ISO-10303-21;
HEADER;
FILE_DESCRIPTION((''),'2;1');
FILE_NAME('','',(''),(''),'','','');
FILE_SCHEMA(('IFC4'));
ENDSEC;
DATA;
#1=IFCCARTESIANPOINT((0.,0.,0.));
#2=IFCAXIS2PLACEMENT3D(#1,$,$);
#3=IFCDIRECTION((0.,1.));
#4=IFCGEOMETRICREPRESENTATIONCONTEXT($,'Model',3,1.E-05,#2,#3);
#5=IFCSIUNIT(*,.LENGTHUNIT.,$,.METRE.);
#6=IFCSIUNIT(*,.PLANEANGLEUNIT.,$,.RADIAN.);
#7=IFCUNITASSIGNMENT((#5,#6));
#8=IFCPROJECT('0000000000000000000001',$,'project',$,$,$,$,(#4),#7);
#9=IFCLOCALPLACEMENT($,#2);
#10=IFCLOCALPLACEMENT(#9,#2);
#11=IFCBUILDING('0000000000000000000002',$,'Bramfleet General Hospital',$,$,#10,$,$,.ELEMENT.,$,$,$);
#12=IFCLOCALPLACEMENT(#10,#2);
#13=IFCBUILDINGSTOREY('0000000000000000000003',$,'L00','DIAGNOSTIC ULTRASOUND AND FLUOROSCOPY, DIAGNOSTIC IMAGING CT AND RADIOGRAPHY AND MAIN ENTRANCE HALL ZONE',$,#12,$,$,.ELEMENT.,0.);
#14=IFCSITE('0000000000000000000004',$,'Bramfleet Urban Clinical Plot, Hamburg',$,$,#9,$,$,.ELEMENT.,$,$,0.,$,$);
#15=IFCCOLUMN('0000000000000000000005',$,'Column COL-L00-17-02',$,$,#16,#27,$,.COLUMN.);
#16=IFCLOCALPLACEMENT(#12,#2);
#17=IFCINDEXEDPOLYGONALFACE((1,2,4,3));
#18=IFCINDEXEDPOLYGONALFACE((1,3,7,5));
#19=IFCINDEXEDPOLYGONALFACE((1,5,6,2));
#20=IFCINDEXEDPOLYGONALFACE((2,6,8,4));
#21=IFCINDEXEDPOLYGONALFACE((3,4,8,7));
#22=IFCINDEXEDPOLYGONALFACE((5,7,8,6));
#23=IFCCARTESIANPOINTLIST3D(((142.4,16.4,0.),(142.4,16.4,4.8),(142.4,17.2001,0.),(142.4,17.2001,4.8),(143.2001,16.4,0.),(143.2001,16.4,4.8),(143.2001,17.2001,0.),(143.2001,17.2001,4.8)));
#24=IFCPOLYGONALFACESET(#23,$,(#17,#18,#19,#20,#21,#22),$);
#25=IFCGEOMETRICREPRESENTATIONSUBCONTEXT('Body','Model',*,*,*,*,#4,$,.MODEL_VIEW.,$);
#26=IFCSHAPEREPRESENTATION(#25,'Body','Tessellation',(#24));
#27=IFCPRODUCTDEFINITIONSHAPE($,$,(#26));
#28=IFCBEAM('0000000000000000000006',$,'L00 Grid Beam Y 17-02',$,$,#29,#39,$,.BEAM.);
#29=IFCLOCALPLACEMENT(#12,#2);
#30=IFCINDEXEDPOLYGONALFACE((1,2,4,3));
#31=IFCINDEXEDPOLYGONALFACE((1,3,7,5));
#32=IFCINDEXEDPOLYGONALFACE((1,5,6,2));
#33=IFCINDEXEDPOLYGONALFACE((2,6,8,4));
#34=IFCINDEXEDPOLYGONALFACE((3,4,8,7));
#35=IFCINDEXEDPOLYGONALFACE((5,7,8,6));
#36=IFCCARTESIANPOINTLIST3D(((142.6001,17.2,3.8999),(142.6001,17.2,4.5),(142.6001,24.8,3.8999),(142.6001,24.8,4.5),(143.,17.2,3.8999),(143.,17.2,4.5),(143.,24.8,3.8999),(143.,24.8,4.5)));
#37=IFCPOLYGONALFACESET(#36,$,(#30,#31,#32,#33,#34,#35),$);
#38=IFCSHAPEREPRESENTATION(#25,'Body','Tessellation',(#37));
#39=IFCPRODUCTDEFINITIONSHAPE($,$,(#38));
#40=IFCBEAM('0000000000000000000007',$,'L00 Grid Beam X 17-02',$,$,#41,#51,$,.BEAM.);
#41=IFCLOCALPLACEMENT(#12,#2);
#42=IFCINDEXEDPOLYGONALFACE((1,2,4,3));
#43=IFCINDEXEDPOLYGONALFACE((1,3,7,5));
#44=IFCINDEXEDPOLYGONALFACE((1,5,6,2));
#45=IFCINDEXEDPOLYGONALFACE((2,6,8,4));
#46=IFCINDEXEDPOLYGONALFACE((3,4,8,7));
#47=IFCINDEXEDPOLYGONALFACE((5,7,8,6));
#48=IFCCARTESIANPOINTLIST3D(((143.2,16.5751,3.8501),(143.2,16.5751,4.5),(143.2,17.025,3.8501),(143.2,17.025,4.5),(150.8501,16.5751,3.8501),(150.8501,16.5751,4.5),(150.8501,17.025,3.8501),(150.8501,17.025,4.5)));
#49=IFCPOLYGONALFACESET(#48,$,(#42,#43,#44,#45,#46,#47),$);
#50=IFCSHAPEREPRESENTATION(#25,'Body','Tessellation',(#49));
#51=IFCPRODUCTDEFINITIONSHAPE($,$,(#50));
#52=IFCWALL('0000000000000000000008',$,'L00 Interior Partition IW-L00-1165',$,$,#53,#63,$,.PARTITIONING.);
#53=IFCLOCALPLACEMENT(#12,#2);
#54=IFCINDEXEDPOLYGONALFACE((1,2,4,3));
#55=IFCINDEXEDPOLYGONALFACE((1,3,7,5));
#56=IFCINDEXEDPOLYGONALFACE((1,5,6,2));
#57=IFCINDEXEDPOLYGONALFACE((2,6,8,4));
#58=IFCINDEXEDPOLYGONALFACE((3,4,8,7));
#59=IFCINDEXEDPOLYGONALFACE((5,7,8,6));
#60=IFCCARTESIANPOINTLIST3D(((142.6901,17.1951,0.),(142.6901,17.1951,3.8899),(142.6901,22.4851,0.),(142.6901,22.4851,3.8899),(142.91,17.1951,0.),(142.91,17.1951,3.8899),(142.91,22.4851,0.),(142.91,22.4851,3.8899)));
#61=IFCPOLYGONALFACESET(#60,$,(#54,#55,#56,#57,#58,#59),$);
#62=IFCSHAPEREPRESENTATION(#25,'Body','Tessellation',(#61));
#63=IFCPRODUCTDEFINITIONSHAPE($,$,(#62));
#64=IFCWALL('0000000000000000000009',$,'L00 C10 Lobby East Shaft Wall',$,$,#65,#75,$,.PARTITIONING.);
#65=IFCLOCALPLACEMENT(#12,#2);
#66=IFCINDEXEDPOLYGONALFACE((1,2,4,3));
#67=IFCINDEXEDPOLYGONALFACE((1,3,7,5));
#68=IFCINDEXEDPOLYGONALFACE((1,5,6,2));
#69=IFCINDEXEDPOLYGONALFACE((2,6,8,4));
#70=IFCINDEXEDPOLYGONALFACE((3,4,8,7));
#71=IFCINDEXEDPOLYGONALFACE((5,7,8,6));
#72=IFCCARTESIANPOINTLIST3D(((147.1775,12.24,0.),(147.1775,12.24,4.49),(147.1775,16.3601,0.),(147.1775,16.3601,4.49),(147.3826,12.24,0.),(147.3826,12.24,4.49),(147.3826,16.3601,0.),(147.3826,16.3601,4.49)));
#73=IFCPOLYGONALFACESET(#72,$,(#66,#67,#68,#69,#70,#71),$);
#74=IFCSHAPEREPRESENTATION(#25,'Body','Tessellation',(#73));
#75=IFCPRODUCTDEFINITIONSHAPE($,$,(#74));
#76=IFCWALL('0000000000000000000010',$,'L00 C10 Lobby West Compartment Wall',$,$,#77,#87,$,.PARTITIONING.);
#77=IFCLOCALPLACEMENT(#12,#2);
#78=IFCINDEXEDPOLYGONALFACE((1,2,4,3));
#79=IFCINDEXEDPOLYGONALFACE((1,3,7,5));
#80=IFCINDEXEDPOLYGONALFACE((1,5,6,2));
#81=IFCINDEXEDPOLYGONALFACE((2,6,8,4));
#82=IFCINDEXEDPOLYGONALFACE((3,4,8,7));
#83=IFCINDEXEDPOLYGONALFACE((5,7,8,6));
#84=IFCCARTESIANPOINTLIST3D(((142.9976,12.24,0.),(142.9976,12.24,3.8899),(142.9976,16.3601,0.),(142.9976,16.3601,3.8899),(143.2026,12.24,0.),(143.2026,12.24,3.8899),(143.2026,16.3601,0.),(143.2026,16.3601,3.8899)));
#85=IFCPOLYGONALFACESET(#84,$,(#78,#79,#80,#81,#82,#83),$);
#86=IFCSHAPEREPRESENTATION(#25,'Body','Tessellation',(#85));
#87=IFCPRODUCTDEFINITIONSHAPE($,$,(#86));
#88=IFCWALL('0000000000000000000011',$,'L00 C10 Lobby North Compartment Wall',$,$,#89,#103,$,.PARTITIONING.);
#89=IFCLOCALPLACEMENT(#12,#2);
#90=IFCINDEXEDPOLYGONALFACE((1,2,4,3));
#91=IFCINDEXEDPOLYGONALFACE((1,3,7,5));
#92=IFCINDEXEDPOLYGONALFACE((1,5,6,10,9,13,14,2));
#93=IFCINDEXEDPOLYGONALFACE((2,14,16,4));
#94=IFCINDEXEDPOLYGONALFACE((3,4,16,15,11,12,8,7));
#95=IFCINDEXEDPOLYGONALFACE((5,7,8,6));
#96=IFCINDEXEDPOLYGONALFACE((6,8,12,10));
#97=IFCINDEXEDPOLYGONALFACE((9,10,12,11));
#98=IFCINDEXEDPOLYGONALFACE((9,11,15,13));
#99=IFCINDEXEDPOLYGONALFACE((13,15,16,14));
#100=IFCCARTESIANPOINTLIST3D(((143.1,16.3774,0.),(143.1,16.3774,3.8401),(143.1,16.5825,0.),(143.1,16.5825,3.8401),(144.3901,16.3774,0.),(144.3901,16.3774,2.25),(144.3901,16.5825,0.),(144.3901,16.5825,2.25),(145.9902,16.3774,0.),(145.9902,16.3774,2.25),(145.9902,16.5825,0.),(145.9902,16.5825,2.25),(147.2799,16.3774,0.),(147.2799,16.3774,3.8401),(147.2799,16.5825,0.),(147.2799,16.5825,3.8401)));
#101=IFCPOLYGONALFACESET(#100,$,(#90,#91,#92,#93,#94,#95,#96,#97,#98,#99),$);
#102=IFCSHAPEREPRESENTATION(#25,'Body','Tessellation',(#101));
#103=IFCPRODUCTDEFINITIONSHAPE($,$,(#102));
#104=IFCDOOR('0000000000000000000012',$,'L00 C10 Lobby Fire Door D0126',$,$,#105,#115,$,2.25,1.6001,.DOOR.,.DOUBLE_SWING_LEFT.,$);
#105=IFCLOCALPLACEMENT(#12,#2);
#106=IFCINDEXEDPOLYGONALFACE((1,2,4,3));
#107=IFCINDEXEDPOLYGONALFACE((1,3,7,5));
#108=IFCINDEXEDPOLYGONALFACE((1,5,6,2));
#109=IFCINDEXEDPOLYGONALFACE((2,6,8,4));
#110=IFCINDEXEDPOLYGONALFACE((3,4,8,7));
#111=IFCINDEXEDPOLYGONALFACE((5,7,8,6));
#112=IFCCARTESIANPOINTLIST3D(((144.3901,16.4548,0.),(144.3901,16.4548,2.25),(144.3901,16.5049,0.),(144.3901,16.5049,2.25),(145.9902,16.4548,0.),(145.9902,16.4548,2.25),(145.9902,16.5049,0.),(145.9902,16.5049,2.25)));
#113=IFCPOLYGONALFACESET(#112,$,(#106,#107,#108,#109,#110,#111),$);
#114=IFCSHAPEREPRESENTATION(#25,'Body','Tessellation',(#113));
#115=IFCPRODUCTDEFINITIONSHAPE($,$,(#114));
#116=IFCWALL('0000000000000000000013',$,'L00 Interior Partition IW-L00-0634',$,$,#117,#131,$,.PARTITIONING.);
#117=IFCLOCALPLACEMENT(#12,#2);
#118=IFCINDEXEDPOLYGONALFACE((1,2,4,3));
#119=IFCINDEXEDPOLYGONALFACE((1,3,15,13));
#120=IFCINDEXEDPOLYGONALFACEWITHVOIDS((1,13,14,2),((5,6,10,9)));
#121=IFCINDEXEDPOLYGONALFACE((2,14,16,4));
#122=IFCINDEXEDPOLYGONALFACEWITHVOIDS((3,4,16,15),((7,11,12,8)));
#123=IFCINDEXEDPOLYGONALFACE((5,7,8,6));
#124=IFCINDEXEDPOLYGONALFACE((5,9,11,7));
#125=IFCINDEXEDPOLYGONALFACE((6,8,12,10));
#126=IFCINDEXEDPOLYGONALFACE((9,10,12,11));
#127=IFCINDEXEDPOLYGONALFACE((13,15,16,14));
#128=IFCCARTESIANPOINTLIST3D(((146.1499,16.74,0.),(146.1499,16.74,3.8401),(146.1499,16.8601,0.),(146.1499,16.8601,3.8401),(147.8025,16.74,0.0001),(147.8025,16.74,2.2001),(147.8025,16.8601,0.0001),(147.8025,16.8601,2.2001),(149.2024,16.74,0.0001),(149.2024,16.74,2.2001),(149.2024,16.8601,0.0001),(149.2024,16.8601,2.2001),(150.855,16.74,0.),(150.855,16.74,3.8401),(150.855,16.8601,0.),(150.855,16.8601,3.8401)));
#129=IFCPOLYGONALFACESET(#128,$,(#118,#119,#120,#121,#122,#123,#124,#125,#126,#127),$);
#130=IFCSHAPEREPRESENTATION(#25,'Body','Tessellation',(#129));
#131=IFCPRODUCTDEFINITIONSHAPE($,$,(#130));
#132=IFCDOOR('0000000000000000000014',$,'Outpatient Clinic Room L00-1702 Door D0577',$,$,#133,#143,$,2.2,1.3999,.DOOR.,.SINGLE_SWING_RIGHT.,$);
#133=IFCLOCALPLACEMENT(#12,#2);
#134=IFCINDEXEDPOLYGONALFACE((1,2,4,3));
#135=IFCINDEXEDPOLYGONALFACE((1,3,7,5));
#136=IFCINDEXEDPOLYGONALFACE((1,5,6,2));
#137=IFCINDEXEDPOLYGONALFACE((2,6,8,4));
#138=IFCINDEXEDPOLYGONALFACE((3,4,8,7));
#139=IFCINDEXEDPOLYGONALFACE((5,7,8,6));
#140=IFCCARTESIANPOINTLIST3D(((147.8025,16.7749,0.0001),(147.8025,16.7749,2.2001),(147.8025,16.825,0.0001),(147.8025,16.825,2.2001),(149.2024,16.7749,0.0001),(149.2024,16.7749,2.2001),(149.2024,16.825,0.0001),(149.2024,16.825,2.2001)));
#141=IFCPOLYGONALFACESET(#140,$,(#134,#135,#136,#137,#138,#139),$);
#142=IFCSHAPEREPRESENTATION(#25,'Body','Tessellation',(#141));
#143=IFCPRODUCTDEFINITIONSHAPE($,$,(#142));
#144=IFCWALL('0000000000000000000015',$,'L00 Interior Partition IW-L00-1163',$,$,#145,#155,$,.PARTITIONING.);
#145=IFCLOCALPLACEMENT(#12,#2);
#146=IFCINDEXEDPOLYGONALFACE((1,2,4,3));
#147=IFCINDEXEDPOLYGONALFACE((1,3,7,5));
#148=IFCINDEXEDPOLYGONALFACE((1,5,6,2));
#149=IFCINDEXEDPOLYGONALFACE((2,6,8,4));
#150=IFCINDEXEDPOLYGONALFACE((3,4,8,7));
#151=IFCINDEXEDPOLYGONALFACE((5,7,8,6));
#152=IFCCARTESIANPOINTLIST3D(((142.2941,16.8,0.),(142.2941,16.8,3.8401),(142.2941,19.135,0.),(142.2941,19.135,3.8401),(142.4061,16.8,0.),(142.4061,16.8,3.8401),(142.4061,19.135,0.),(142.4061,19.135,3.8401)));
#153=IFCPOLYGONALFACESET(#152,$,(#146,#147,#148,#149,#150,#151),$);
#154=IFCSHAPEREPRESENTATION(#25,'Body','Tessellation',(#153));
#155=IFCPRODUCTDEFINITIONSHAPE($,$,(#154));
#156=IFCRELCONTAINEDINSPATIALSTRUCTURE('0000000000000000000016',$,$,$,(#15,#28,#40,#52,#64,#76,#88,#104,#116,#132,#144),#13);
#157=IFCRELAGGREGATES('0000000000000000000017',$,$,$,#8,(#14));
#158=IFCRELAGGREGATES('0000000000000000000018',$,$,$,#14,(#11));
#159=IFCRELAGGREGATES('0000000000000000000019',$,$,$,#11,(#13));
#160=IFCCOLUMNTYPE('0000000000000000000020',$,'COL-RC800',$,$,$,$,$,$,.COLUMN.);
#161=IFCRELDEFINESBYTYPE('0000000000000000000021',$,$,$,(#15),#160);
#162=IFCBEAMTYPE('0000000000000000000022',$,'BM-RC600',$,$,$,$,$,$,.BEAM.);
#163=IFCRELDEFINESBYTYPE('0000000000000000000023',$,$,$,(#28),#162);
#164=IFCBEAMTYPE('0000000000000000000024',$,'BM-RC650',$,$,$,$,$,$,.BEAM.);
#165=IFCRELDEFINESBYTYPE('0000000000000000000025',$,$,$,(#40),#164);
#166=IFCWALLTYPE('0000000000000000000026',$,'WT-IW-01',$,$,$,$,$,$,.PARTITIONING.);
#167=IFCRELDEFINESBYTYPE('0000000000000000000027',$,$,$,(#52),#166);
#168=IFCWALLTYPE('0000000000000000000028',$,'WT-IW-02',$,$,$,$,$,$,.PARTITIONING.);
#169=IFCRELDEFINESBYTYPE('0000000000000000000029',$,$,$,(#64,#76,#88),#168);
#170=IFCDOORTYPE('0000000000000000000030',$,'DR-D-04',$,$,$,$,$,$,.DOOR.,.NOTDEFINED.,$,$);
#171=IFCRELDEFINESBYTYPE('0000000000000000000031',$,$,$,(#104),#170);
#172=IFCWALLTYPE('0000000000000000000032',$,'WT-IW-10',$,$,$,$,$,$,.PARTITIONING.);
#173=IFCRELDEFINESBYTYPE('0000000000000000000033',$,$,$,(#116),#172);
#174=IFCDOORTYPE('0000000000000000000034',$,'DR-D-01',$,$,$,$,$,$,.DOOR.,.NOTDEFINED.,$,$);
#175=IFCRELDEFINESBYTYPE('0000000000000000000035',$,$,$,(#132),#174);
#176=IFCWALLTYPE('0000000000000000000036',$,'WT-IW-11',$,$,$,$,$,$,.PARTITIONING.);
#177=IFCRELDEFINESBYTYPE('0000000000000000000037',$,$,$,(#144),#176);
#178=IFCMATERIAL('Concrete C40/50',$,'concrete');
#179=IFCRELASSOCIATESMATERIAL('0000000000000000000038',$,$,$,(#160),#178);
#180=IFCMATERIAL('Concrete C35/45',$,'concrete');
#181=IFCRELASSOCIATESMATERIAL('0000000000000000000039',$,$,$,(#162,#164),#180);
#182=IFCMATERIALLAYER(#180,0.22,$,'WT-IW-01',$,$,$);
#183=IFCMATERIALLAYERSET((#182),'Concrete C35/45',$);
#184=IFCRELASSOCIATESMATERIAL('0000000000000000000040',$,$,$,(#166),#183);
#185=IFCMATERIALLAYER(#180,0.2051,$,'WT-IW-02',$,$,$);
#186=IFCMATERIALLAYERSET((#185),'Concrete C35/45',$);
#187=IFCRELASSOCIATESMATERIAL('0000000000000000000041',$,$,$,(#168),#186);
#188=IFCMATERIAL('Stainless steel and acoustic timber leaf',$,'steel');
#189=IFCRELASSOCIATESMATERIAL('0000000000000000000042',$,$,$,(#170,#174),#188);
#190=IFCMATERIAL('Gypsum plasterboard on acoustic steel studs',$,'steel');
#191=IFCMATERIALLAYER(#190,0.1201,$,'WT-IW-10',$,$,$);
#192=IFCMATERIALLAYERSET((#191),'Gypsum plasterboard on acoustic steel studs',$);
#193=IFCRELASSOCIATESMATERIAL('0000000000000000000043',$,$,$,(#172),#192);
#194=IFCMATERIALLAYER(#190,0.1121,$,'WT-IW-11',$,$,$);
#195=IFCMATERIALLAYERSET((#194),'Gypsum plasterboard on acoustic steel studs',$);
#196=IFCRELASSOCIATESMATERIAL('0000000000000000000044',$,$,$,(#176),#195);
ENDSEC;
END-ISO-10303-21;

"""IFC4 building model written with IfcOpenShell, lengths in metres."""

from ifc_helpers import new_model, si_unit, direction, frame, frame_2d, origin, origin_2d, place, context, subcontext, project, spatial, rectangle, extrude, material, layer, layer_set, material_profile, profile_set, type_object, element, fill, save


model = new_model("IFC4")

# Units and contexts
model_context = context("Model", 3, precision=1e-05, world=origin(), true_north=direction((0.0, 1.0)))
body_context = subcontext(model_context, "Body", "Model", "MODEL_VIEW")
ifc_project = project(units=[si_unit("LENGTHUNIT", "METRE"), si_unit("PLANEANGLEUNIT", "RADIAN")], contexts=[model_context])

# Site, building, storey
site_placement = place(None, origin())
site = spatial("IfcSite", under=ifc_project, at=site_placement, Name="Bramfleet Urban Clinical Plot, Hamburg", CompositionType="ELEMENT", RefElevation=0.0)
building_placement = place(site_placement, origin())
building = spatial("IfcBuilding", under=site, at=building_placement, Name="Bramfleet General Hospital", CompositionType="ELEMENT")
storey_placement = place(building_placement, origin())
storey = spatial("IfcBuildingStorey", under=building, at=storey_placement, Name="L00", Description="DIAGNOSTIC ULTRASOUND AND FLUOROSCOPY, DIAGNOSTIC IMAGING CT AND RADIOGRAPHY AND MAIN ENTRANCE HALL ZONE", CompositionType="ELEMENT", Elevation=0.0)

# Column
ifc_material_1 = material(Name="Concrete C40/50", Category="concrete")
ifc_material_profile_1 = material_profile(ifc_material_1, rectangle(XDim=0.8, YDim=0.8, at=origin_2d()), Name="RC COL 800x800")
ifc_profile_set_1 = profile_set([ifc_material_profile_1], Name="Concrete C40/50")
column_type = type_object("IfcColumnType", Name="COL-RC800", PredefinedType="COLUMN", material=ifc_profile_set_1)
column_placement = place(storey_placement, frame((142.8, 16.8, 0.0), z_axis=(0.0, 0.0, 1.0), x_axis=(1.0, 0.0, 0.0)))
element("IfcColumn", 1, at=column_placement, inside=storey, type_object=column_type, Name="Column COL-L00-17-02", PredefinedType="COLUMN", context=body_context, shape_type="SweptSolid", body=[
    extrude(rectangle(XDim=0.8, YDim=0.8, at=origin_2d()), origin(), (0.0, 0.0, 1.0), 4.8),
])

# Beams
ifc_material_2 = material(Name="Concrete C35/45", Category="concrete")
ifc_material_profile_2 = material_profile(ifc_material_2, rectangle(XDim=0.3999, YDim=0.6001, at=origin_2d()), Name="RC BM 600x400")
ifc_profile_set_2 = profile_set([ifc_material_profile_2], Name="Concrete C35/45")
beam_type_1 = type_object("IfcBeamType", Name="BM-RC600", PredefinedType="BEAM", material=ifc_profile_set_2)
beam_1_placement = place(storey_placement, frame((142.8, 17.2, 4.2), z_axis=(0.0, 1.0, 0.0), x_axis=(-1.0, 0.0, 0.0)))
element("IfcBeam", 2, at=beam_1_placement, inside=storey, type_object=beam_type_1, Name="L00 Grid Beam Y 17-02", PredefinedType="BEAM", context=body_context, shape_type="SweptSolid", body=[
    extrude(rectangle(XDim=0.3999, YDim=0.6001, at=origin_2d()), origin(), (0.0, 0.0, 1.0), 7.6001),
])
ifc_material_profile_3 = material_profile(ifc_material_2, rectangle(XDim=0.45, YDim=0.6499, at=origin_2d()), Name="RC BM 650x450")
ifc_profile_set_3 = profile_set([ifc_material_profile_3], Name="Concrete C35/45")
beam_type_2 = type_object("IfcBeamType", Name="BM-RC650", PredefinedType="BEAM", material=ifc_profile_set_3)
beam_2_placement = place(storey_placement, frame((143.2, 16.8, 4.175), z_axis=(1.0, 0.0, 0.0), x_axis=(0.0, 1.0, 0.0)))
element("IfcBeam", 3, at=beam_2_placement, inside=storey, type_object=beam_type_2, Name="L00 Grid Beam X 17-02", PredefinedType="BEAM", context=body_context, shape_type="SweptSolid", body=[
    extrude(rectangle(XDim=0.45, YDim=0.6499, at=origin_2d()), origin(), (0.0, 0.0, 1.0), 7.6501),
])

# Walls
ifc_layer_1 = layer(ifc_material_2, 0.22, Name="WT-IW-01")
ifc_layer_set_1 = layer_set([ifc_layer_1], Name="Concrete C35/45")
wall_type_1 = type_object("IfcWallType", Name="WT-IW-01", PredefinedType="PARTITIONING", material=ifc_layer_set_1)
wall_1_placement = place(storey_placement, frame((142.8, 17.1951, 0.0), z_axis=(0.0, 0.0, 1.0), x_axis=(0.0, 1.0, 0.0)))
element("IfcWall", 4, at=wall_1_placement, inside=storey, type_object=wall_type_1, Name="L00 Interior Partition IW-L00-1165", PredefinedType="PARTITIONING", context=body_context, shape_type="SweptSolid", body=[
    extrude(rectangle(XDim=5.29, YDim=0.22, at=frame_2d((2.645, 0.0))), origin(), (0.0, 0.0, 1.0), 3.8899),
])
ifc_layer_2 = layer(ifc_material_2, 0.2051, Name="WT-IW-02")
ifc_layer_set_2 = layer_set([ifc_layer_2], Name="Concrete C35/45")
wall_type_2 = type_object("IfcWallType", Name="WT-IW-02", PredefinedType="PARTITIONING", material=ifc_layer_set_2)
wall_2_placement = place(storey_placement, frame((147.28, 12.24, 0.0), z_axis=(0.0, 0.0, 1.0), x_axis=(0.0, 1.0, 0.0)))
element("IfcWall", 5, at=wall_2_placement, inside=storey, type_object=wall_type_2, Name="L00 C10 Lobby East Shaft Wall", PredefinedType="PARTITIONING", context=body_context, shape_type="SweptSolid", body=[
    extrude(rectangle(XDim=4.1201, YDim=0.2051, at=frame_2d((2.0601, 0.0))), origin(), (0.0, 0.0, 1.0), 4.49),
])
wall_3_placement = place(storey_placement, frame((143.1001, 12.24, 0.0), z_axis=(0.0, 0.0, 1.0), x_axis=(0.0, 1.0, 0.0)))
element("IfcWall", 6, at=wall_3_placement, inside=storey, type_object=wall_type_2, Name="L00 C10 Lobby West Compartment Wall", PredefinedType="PARTITIONING", context=body_context, shape_type="SweptSolid", body=[
    extrude(rectangle(XDim=4.1201, YDim=0.2051, at=frame_2d((2.0601, 0.0))), origin(), (0.0, 0.0, 1.0), 3.8899),
])

# Walls, openings, doors
wall_4_placement = place(storey_placement, frame((143.1001, 16.48, 0.0), z_axis=(0.0, 0.0, 1.0), x_axis=(1.0, 0.0, 0.0)))
wall_4 = element("IfcWall", 7, at=wall_4_placement, inside=storey, type_object=wall_type_2, Name="L00 C10 Lobby North Compartment Wall", PredefinedType="PARTITIONING", context=body_context, shape_type="SweptSolid", body=[
    extrude(rectangle(XDim=4.1799, YDim=0.2051, at=frame_2d((2.0898, 0.0))), origin(), (0.0, 0.0, 1.0), 3.8401),
])
opening_1_placement = place(wall_4_placement, frame((1.29, 0.0, 0.0)))
opening_1 = element("IfcOpeningElement", 8, at=opening_1_placement, cuts=wall_4, PredefinedType="OPENING", context=body_context, shape_type="SweptSolid", body=[
    extrude(rectangle(XDim=1.6001, YDim=2.25, at=frame_2d((0.8, 1.125))), frame((0.0, 0.1125, 0.0), z_axis=(0.0, -1.0, 0.0), x_axis=(1.0, 0.0, 0.0)), (0.0, 0.0, 1.0), 0.2251),
])
ifc_material_3 = material(Name="Stainless steel and acoustic timber leaf", Category="steel")
door_type_1 = type_object("IfcDoorType", Name="DR-D-04", OperationType="NOTDEFINED", PredefinedType="DOOR", material=ifc_material_3)
door_1_placement = place(opening_1_placement, origin())
door_1 = element("IfcDoor", 9, at=door_1_placement, inside=storey, type_object=door_type_1, Name="L00 C10 Lobby Fire Door D0126", OperationType="DOUBLE_SWING_LEFT", OverallHeight=2.25, OverallWidth=1.6001, PredefinedType="DOOR", context=body_context, shape_type="SweptSolid", body=[
    extrude(rectangle(XDim=1.6001, YDim=2.25, at=frame_2d((0.8, 1.125))), frame((0.0, 0.0249, 0.0), z_axis=(0.0, -1.0, 0.0), x_axis=(1.0, 0.0, 0.0)), (0.0, 0.0, 1.0), 0.05),
])
fill(opening_1, door_1)
ifc_material_4 = material(Name="Gypsum plasterboard on acoustic steel studs", Category="steel")
ifc_layer_3 = layer(ifc_material_4, 0.1201, Name="WT-IW-10")
ifc_layer_set_3 = layer_set([ifc_layer_3], Name="Gypsum plasterboard on acoustic steel studs")
wall_type_3 = type_object("IfcWallType", Name="WT-IW-10", PredefinedType="PARTITIONING", material=ifc_layer_set_3)
wall_5_placement = place(storey_placement, frame((146.1499, 16.8, 0.0), z_axis=(0.0, 0.0, 1.0), x_axis=(1.0, 0.0, 0.0)))
wall_5 = element("IfcWall", 10, at=wall_5_placement, inside=storey, type_object=wall_type_3, Name="L00 Interior Partition IW-L00-0634", PredefinedType="PARTITIONING", context=body_context, shape_type="SweptSolid", body=[
    extrude(rectangle(XDim=4.7051, YDim=0.1201, at=frame_2d((2.3525, 0.0))), origin(), (0.0, 0.0, 1.0), 3.8401),
])
opening_2_placement = place(wall_5_placement, frame((1.6526, 0.0, 0.0)))
opening_2 = element("IfcOpeningElement", 11, at=opening_2_placement, cuts=wall_5, PredefinedType="OPENING", context=body_context, shape_type="SweptSolid", body=[
    extrude(rectangle(XDim=1.3999, YDim=2.2, at=frame_2d((0.7, 1.1001))), frame((0.0, 0.0701, 0.0), z_axis=(0.0, -1.0, 0.0), x_axis=(1.0, 0.0, 0.0)), (0.0, 0.0, 1.0), 0.1401),
])
door_type_2 = type_object("IfcDoorType", Name="DR-D-01", OperationType="NOTDEFINED", PredefinedType="DOOR", material=ifc_material_3)
door_2_placement = place(opening_2_placement, origin())
door_2 = element("IfcDoor", 12, at=door_2_placement, inside=storey, type_object=door_type_2, Name="Outpatient Clinic Room L00-1702 Door D0577", OperationType="SINGLE_SWING_RIGHT", OverallHeight=2.2, OverallWidth=1.3999, PredefinedType="DOOR", context=body_context, shape_type="SweptSolid", body=[
    extrude(rectangle(XDim=1.3999, YDim=2.2, at=frame_2d((0.7, 1.1001))), frame((0.0, 0.0249, 0.0), z_axis=(0.0, -1.0, 0.0), x_axis=(1.0, 0.0, 0.0)), (0.0, 0.0, 1.0), 0.05),
])
fill(opening_2, door_2)

# Wall
ifc_layer_4 = layer(ifc_material_4, 0.1121, Name="WT-IW-11")
ifc_layer_set_4 = layer_set([ifc_layer_4], Name="Gypsum plasterboard on acoustic steel studs")
wall_type_4 = type_object("IfcWallType", Name="WT-IW-11", PredefinedType="PARTITIONING", material=ifc_layer_set_4)
wall_6_placement = place(storey_placement, frame((142.3501, 16.8, 0.0), z_axis=(0.0, 0.0, 1.0), x_axis=(0.0, 1.0, 0.0)))
element("IfcWall", 13, at=wall_6_placement, inside=storey, type_object=wall_type_4, Name="L00 Interior Partition IW-L00-1163", PredefinedType="PARTITIONING", context=body_context, shape_type="SweptSolid", body=[
    extrude(rectangle(XDim=2.335, YDim=0.1121, at=frame_2d((1.1675, 0.0))), origin(), (0.0, 0.0, 1.0), 3.8401),
])

save(model, "model.ifc")
